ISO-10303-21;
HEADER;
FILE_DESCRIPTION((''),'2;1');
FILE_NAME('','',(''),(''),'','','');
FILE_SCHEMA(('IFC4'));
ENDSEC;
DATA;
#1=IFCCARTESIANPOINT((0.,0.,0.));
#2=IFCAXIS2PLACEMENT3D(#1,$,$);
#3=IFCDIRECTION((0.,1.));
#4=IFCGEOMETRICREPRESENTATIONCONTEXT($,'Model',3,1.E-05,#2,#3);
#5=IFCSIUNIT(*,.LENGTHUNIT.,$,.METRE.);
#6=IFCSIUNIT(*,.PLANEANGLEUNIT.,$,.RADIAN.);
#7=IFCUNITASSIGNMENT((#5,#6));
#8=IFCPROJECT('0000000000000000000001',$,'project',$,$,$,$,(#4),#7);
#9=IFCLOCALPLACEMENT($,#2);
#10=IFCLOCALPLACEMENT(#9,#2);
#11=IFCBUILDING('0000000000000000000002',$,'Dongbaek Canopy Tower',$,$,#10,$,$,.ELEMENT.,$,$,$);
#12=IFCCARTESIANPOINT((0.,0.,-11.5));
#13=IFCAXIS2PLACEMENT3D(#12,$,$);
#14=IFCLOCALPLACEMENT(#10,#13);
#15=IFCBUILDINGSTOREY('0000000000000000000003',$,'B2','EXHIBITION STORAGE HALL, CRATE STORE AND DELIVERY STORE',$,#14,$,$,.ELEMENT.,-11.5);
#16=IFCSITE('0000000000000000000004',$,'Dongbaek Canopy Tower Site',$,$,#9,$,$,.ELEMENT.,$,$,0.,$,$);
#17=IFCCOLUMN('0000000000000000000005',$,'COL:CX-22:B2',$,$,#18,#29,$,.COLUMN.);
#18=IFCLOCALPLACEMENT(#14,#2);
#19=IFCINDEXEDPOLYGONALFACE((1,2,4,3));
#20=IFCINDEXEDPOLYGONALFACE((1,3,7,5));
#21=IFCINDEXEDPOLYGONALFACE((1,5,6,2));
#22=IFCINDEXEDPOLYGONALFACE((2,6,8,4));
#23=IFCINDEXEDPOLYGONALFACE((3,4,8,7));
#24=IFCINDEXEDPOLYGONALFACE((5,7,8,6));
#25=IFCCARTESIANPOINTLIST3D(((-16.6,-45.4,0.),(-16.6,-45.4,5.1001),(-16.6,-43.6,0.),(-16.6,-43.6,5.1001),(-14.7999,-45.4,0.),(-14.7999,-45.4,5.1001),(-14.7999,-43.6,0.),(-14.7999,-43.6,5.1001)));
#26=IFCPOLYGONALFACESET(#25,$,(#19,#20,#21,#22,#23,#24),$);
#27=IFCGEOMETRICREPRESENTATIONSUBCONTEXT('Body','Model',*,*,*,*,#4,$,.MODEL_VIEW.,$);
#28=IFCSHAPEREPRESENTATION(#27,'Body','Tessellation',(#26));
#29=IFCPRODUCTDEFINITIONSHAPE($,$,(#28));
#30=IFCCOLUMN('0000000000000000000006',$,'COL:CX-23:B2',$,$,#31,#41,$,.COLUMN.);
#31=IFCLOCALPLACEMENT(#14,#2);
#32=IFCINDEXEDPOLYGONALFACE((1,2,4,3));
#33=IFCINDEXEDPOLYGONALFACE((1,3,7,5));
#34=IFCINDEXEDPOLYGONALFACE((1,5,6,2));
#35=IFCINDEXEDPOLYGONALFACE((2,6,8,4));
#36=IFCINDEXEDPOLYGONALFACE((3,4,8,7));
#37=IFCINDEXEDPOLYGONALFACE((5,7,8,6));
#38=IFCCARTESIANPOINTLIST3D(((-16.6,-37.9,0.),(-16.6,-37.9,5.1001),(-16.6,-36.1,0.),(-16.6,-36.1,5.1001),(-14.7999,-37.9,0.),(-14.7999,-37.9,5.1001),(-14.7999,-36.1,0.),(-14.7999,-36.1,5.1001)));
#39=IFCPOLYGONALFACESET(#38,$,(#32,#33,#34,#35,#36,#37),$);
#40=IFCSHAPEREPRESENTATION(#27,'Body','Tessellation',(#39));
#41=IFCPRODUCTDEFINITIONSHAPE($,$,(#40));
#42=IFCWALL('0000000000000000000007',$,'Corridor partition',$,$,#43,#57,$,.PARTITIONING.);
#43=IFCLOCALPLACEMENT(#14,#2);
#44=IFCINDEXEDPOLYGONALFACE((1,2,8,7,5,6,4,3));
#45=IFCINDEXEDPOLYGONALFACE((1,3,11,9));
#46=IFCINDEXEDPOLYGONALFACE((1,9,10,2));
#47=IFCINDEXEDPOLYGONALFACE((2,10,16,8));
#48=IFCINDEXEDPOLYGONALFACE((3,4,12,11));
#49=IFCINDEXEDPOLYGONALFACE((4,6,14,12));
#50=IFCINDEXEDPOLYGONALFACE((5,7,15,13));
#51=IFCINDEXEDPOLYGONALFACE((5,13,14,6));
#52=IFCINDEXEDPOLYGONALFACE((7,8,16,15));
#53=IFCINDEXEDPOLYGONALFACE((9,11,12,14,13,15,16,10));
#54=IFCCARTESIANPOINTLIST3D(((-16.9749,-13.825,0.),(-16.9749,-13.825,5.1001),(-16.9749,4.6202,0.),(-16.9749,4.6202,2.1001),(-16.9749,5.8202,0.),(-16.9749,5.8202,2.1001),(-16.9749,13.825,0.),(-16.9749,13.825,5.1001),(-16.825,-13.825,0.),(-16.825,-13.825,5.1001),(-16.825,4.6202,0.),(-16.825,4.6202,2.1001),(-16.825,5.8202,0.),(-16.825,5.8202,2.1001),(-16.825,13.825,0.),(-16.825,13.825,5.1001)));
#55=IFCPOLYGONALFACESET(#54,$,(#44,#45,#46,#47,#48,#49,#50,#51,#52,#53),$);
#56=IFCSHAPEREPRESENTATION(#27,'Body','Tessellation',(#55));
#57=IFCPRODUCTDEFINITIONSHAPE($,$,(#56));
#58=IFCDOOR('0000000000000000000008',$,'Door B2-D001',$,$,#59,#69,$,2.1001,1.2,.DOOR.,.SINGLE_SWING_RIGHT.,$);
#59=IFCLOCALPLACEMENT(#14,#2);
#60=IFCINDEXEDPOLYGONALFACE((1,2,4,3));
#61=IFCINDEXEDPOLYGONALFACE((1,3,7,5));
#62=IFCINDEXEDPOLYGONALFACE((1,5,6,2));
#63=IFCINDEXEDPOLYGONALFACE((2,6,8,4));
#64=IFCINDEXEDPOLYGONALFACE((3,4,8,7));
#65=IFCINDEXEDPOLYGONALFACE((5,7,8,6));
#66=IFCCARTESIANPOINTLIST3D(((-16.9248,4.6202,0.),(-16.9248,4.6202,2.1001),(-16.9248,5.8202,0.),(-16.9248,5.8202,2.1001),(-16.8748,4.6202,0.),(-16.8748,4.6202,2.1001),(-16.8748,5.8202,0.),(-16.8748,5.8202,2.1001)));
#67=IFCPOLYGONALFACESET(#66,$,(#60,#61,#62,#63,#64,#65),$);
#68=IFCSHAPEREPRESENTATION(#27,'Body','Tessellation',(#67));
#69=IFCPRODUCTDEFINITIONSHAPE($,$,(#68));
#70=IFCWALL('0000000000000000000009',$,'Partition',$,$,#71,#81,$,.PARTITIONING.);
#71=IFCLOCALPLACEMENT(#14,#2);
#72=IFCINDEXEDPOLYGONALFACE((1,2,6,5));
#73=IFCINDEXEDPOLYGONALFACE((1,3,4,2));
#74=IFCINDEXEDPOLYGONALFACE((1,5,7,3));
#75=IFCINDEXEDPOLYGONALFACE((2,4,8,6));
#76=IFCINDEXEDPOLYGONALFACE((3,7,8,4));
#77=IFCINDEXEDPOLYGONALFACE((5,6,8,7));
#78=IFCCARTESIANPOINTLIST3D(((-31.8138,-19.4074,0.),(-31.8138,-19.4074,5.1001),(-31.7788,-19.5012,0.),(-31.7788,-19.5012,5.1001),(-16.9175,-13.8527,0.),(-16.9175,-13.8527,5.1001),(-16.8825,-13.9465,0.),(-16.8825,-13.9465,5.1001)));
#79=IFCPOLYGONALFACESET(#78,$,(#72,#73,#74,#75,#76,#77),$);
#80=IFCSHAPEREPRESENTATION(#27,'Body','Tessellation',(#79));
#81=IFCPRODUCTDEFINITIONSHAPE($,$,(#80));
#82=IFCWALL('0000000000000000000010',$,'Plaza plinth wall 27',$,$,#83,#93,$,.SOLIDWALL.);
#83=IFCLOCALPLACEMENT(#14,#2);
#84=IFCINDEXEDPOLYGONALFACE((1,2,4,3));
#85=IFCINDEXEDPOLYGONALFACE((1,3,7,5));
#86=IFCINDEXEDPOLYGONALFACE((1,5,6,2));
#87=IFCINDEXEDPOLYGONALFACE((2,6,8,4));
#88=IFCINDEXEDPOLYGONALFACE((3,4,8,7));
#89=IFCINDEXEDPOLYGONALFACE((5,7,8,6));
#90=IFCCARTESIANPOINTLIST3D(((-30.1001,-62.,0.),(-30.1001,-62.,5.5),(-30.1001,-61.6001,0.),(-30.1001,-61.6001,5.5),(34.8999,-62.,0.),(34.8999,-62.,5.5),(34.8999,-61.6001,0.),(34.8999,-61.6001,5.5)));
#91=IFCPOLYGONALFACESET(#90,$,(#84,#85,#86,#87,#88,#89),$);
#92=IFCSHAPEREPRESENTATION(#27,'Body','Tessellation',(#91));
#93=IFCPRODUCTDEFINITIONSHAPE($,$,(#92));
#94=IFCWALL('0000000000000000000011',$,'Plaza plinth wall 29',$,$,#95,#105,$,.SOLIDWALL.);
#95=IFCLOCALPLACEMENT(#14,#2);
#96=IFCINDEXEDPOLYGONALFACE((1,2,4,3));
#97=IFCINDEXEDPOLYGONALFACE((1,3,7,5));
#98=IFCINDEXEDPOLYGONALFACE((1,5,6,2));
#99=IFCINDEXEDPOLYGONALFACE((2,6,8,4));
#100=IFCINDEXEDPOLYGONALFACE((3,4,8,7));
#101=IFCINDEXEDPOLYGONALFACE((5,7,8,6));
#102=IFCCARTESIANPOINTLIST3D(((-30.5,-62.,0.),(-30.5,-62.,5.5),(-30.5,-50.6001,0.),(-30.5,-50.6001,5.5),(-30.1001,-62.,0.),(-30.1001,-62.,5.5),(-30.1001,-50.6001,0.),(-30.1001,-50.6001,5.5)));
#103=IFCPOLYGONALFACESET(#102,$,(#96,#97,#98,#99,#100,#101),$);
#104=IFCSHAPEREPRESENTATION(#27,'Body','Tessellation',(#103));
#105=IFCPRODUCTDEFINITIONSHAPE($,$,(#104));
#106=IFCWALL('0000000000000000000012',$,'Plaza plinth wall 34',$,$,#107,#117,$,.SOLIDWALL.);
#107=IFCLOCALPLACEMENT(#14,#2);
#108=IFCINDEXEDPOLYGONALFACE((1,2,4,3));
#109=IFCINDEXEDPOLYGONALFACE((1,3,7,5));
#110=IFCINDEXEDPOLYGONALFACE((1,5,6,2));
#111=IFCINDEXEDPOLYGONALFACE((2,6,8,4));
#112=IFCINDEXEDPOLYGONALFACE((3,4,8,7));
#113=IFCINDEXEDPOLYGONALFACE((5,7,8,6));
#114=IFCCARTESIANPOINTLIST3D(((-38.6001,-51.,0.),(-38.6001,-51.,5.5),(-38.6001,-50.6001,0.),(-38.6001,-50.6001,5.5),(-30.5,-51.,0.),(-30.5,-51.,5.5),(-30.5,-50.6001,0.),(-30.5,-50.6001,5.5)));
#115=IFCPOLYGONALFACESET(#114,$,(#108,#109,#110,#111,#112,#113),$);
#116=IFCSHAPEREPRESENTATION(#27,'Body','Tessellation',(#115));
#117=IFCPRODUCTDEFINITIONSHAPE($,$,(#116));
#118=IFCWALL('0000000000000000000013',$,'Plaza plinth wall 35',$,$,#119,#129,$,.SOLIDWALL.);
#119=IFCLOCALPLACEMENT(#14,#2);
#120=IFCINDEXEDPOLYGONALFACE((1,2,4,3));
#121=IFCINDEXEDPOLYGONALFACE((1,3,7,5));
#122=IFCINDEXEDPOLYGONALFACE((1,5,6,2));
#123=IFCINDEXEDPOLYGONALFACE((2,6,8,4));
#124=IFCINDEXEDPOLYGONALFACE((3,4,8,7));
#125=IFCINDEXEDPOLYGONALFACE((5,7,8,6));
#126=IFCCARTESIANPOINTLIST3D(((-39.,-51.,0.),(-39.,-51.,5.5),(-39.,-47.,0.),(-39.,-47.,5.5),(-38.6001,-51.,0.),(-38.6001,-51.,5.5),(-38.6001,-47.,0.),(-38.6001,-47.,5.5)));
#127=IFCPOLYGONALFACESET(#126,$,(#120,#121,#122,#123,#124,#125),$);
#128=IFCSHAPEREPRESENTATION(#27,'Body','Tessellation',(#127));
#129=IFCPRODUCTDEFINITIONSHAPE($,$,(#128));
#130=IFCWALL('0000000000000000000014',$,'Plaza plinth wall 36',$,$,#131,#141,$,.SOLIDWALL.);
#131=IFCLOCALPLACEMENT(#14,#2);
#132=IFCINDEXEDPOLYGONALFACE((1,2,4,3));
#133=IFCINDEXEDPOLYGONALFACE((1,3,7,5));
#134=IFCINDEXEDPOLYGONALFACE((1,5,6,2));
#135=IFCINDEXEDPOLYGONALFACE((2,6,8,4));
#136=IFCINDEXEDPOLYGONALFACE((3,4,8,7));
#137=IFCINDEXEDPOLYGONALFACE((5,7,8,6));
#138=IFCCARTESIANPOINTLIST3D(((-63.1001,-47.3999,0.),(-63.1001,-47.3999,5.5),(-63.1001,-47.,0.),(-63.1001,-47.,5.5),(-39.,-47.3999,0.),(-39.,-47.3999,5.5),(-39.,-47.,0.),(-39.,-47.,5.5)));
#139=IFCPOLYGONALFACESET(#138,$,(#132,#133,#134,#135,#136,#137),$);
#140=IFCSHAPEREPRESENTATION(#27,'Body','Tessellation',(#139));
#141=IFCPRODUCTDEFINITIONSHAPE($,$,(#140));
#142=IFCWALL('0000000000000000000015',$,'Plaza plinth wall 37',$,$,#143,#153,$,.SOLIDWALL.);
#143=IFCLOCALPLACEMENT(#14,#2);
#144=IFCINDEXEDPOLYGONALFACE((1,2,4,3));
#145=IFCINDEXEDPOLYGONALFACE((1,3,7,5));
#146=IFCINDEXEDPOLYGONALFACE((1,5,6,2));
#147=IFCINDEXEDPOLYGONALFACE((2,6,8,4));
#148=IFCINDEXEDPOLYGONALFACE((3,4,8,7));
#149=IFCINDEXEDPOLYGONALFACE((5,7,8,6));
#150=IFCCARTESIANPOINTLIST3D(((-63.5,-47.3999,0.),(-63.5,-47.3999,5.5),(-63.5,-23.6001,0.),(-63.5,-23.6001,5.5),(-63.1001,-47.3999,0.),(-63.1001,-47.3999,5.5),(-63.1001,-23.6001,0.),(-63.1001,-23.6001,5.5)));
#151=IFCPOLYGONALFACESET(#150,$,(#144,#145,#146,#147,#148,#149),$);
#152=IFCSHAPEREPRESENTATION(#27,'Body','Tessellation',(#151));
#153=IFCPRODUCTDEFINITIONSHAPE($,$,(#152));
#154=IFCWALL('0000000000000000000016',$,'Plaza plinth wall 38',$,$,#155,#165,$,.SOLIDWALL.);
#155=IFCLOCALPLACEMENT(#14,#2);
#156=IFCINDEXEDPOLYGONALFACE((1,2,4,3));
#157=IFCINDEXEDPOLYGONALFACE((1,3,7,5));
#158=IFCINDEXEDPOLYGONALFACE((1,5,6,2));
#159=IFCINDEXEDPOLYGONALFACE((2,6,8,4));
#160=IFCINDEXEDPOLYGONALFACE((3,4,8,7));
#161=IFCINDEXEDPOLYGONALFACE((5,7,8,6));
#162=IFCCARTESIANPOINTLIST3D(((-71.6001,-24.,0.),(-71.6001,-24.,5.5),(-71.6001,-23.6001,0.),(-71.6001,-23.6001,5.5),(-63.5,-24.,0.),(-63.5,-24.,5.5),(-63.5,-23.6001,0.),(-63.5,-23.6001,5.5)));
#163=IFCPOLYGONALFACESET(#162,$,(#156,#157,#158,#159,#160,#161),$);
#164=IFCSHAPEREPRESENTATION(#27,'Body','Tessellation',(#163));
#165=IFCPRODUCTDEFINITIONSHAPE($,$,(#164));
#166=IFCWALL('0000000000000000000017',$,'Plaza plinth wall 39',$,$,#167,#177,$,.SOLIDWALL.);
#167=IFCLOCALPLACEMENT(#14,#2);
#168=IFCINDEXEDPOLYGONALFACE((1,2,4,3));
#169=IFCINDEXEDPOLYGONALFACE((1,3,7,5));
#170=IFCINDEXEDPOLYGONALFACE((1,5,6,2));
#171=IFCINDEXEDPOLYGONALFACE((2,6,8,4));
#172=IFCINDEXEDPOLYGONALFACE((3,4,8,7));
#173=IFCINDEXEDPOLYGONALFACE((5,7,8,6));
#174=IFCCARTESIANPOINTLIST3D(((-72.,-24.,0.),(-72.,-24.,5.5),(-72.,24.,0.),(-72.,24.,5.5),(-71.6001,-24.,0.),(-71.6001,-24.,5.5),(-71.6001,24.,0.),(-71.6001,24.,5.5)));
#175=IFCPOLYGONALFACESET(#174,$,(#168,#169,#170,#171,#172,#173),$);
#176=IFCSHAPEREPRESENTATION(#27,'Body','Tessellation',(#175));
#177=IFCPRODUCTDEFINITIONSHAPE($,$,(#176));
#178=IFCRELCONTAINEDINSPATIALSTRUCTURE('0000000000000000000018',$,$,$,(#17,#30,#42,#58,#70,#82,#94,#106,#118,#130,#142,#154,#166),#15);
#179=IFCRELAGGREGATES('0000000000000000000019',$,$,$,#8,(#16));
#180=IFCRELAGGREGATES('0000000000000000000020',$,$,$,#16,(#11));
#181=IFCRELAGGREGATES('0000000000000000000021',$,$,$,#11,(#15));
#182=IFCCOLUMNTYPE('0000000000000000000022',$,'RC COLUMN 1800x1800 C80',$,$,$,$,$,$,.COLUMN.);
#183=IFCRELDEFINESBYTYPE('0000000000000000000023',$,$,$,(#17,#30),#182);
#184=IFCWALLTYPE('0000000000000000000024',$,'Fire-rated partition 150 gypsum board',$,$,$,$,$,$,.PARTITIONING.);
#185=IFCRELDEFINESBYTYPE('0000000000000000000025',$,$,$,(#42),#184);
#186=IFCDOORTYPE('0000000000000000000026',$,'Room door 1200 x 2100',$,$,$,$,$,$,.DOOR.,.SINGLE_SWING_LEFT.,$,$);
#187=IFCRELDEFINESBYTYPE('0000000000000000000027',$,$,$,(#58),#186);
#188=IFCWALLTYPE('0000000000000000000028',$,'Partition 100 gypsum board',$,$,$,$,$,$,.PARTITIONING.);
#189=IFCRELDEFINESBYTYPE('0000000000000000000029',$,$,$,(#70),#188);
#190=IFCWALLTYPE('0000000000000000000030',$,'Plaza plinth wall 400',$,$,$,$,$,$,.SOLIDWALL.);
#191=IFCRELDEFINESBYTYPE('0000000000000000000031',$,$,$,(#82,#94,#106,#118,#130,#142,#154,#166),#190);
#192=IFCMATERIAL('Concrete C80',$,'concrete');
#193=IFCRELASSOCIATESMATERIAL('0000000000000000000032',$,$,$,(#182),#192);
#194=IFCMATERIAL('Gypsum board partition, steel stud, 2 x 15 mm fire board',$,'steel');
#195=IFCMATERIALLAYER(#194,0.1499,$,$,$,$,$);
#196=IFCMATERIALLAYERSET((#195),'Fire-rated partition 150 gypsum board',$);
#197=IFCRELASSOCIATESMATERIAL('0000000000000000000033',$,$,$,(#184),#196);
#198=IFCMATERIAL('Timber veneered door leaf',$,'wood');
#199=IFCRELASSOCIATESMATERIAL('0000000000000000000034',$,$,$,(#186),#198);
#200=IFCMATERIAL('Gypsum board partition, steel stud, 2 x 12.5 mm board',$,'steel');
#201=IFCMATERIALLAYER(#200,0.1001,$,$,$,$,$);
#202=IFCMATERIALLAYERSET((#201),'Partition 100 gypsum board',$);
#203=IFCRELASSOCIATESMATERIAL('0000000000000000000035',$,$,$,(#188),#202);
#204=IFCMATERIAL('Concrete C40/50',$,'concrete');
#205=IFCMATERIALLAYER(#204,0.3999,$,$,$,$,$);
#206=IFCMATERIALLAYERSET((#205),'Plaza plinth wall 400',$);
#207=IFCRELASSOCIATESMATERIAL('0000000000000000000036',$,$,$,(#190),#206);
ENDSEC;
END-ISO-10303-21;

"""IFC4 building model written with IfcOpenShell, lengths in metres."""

from ifc_helpers import new_model, si_unit, direction, frame, frame_2d, origin, origin_2d, place, context, subcontext, project, spatial, rectangle, extrude, material, layer, layer_set, material_profile, profile_set, type_object, element, fill, save


model = new_model("IFC4")

# Units and contexts
model_context = context("Model", 3, precision=1e-05, world=origin(), true_north=direction((0.0, 1.0)))
body_context = subcontext(model_context, "Body", "Model", "MODEL_VIEW")
ifc_project = project(units=[si_unit("LENGTHUNIT", "METRE"), si_unit("PLANEANGLEUNIT", "RADIAN")], contexts=[model_context])

# Site, building, storey
site_placement = place(None, origin())
site = spatial("IfcSite", under=ifc_project, at=site_placement, Name="Dongbaek Canopy Tower Site", CompositionType="ELEMENT", RefElevation=0.0)
building_placement = place(site_placement, origin())
building = spatial("IfcBuilding", under=site, at=building_placement, Name="Dongbaek Canopy Tower", CompositionType="ELEMENT")
storey_placement = place(building_placement, frame((0.0, 0.0, -11.5)))
storey = spatial("IfcBuildingStorey", under=building, at=storey_placement, Name="B2", Description="EXHIBITION STORAGE HALL, CRATE STORE AND DELIVERY STORE", CompositionType="ELEMENT", Elevation=-11.5)

# Columns
ifc_material_1 = material(Name="Concrete C80", Category="concrete")
ifc_material_profile = material_profile(ifc_material_1, rectangle(XDim=1.8, YDim=1.8, at=origin_2d()), Name="RC COLUMN 1800x1800 C80")
ifc_profile_set = profile_set([ifc_material_profile], Name="Concrete C80")
column_type = type_object("IfcColumnType", Name="RC COLUMN 1800x1800 C80", PredefinedType="COLUMN", material=ifc_profile_set)
for number, where, z_axis, x_axis, name in (
    (1, (-15.7, -44.5, 0.0), (0.0, 0.0, 1.0), (1.0, 0.0, 0.0), "COL:CX-22:B2"),
    (2, (-15.7, -37.0, 0.0), (0.0, 0.0, 1.0), (1.0, 0.0, 0.0), "COL:CX-23:B2"),
):
    element("IfcColumn", number, at=place(storey_placement, frame(where, z_axis=z_axis, x_axis=x_axis)), inside=storey, type_object=column_type, Name=name, PredefinedType="COLUMN", context=body_context, shape_type="SweptSolid", body=[
        extrude(rectangle(XDim=1.8, YDim=1.8, at=origin_2d()), origin(), (0.0, 0.0, 1.0), 5.1001),
    ])

# Wall, opening, door
ifc_material_2 = material(Name="Gypsum board partition, steel stud, 2 x 15 mm fire board", Category="steel")
ifc_layer_1 = layer(ifc_material_2, 0.1499)
ifc_layer_set_1 = layer_set([ifc_layer_1], Name="Fire-rated partition 150 gypsum board")
wall_type_1 = type_object("IfcWallType", Name="Fire-rated partition 150 gypsum board", PredefinedType="PARTITIONING", material=ifc_layer_set_1)
wall_1_placement = place(storey_placement, frame((-16.8999, -13.825, 0.0), z_axis=(0.0, 0.0, 1.0), x_axis=(0.0, 1.0, 0.0)))
wall_1 = element("IfcWall", 3, at=wall_1_placement, inside=storey, type_object=wall_type_1, Name="Corridor partition", PredefinedType="PARTITIONING", context=body_context, shape_type="SweptSolid", body=[
    extrude(rectangle(XDim=27.6499, YDim=0.1499, at=frame_2d((13.825, 0.0))), origin(), (0.0, 0.0, 1.0), 5.1001),
])
opening_placement = place(wall_1_placement, frame((18.4451, 0.0, 0.0)))
opening = element("IfcOpeningElement", 4, at=opening_placement, cuts=wall_1, PredefinedType="OPENING", context=body_context, shape_type="SweptSolid", body=[
    extrude(rectangle(XDim=1.2, YDim=2.1001, at=frame_2d((0.6001, 1.05))), frame((0.0, 0.085, 0.0), z_axis=(0.0, -1.0, 0.0), x_axis=(1.0, 0.0, 0.0)), (0.0, 0.0, 1.0), 0.1699),
])
ifc_material_3 = material(Name="Timber veneered door leaf", Category="wood")
door_type = type_object("IfcDoorType", Name="Room door 1200 x 2100", OperationType="SINGLE_SWING_LEFT", PredefinedType="DOOR", material=ifc_material_3)
door_placement = place(opening_placement, origin())
door = element("IfcDoor", 5, at=door_placement, inside=storey, type_object=door_type, Name="Door B2-D001", OperationType="SINGLE_SWING_RIGHT", OverallHeight=2.1001, OverallWidth=1.2, PredefinedType="DOOR", context=body_context, shape_type="SweptSolid", body=[
    extrude(rectangle(XDim=1.2, YDim=2.1001, at=frame_2d((0.6001, 1.05))), frame((0.0, 0.0249, 0.0), z_axis=(0.0, -1.0, 0.0), x_axis=(1.0, 0.0, 0.0)), (0.0, 0.0, 1.0), 0.05),
])
fill(opening, door)

# Walls
ifc_material_4 = material(Name="Gypsum board partition, steel stud, 2 x 12.5 mm board", Category="steel")
ifc_layer_2 = layer(ifc_material_4, 0.1001)
ifc_layer_set_2 = layer_set([ifc_layer_2], Name="Partition 100 gypsum board")
wall_type_2 = type_object("IfcWallType", Name="Partition 100 gypsum board", PredefinedType="PARTITIONING", material=ifc_layer_set_2)
wall_2_placement = place(storey_placement, frame((-31.7964, -19.4543, 0.0), z_axis=(0.0, 0.0, 1.0), x_axis=(0.936977, 0.349391, 0.0)))
element("IfcWall", 6, at=wall_2_placement, inside=storey, type_object=wall_type_2, Name="Partition", PredefinedType="PARTITIONING", context=body_context, shape_type="SweptSolid", body=[
    extrude(rectangle(XDim=15.8982, YDim=0.1001, at=frame_2d((7.9492, 0.0))), origin(), (0.0, 0.0, 1.0), 5.1001),
])
ifc_material_5 = material(Name="Concrete C40/50", Category="concrete")
ifc_layer_3 = layer(ifc_material_5, 0.3999)
ifc_layer_set_3 = layer_set([ifc_layer_3], Name="Plaza plinth wall 400")
wall_type_3 = type_object("IfcWallType", Name="Plaza plinth wall 400", PredefinedType="SOLIDWALL", material=ifc_layer_set_3)
wall_3_placement = place(storey_placement, frame((-30.1001, -61.8, 0.0), z_axis=(0.0, 0.0, 1.0), x_axis=(1.0, 0.0, 0.0)))
element("IfcWall", 7, at=wall_3_placement, inside=storey, type_object=wall_type_3, Name="Plaza plinth wall 27", PredefinedType="SOLIDWALL", context=body_context, shape_type="SweptSolid", body=[
    extrude(rectangle(XDim=65.0, YDim=0.3999, at=frame_2d((32.5, 0.0))), origin(), (0.0, 0.0, 1.0), 5.5),
])
wall_4_placement = place(storey_placement, frame((-30.3, -62.0, 0.0), z_axis=(0.0, 0.0, 1.0), x_axis=(0.0, 1.0, 0.0)))
element("IfcWall", 8, at=wall_4_placement, inside=storey, type_object=wall_type_3, Name="Plaza plinth wall 29", PredefinedType="SOLIDWALL", context=body_context, shape_type="SweptSolid", body=[
    extrude(rectangle(XDim=11.3999, YDim=0.3999, at=frame_2d((5.7, 0.0))), origin(), (0.0, 0.0, 1.0), 5.5),
])
wall_5_placement = place(storey_placement, frame((-38.6001, -50.8, 0.0), z_axis=(0.0, 0.0, 1.0), x_axis=(1.0, 0.0, 0.0)))
element("IfcWall", 9, at=wall_5_placement, inside=storey, type_object=wall_type_3, Name="Plaza plinth wall 34", PredefinedType="SOLIDWALL", context=body_context, shape_type="SweptSolid", body=[
    extrude(rectangle(XDim=8.1001, YDim=0.3999, at=frame_2d((4.05, 0.0))), origin(), (0.0, 0.0, 1.0), 5.5),
])
wall_6_placement = place(storey_placement, frame((-38.8, -51.0, 0.0), z_axis=(0.0, 0.0, 1.0), x_axis=(0.0, 1.0, 0.0)))
element("IfcWall", 10, at=wall_6_placement, inside=storey, type_object=wall_type_3, Name="Plaza plinth wall 35", PredefinedType="SOLIDWALL", context=body_context, shape_type="SweptSolid", body=[
    extrude(rectangle(XDim=4.0, YDim=0.3999, at=frame_2d((2.0, 0.0))), origin(), (0.0, 0.0, 1.0), 5.5),
])
wall_7_placement = place(storey_placement, frame((-63.1001, -47.2, 0.0), z_axis=(0.0, 0.0, 1.0), x_axis=(1.0, 0.0, 0.0)))
element("IfcWall", 11, at=wall_7_placement, inside=storey, type_object=wall_type_3, Name="Plaza plinth wall 36", PredefinedType="SOLIDWALL", context=body_context, shape_type="SweptSolid", body=[
    extrude(rectangle(XDim=24.1001, YDim=0.3999, at=frame_2d((12.05, 0.0))), origin(), (0.0, 0.0, 1.0), 5.5),
])
wall_8_placement = place(storey_placement, frame((-63.3, -47.3999, 0.0), z_axis=(0.0, 0.0, 1.0), x_axis=(0.0, 1.0, 0.0)))
element("IfcWall", 12, at=wall_8_placement, inside=storey, type_object=wall_type_3, Name="Plaza plinth wall 37", PredefinedType="SOLIDWALL", context=body_context, shape_type="SweptSolid", body=[
    extrude(rectangle(XDim=23.7998, YDim=0.3999, at=frame_2d((11.8999, 0.0))), origin(), (0.0, 0.0, 1.0), 5.5),
])
wall_9_placement = place(storey_placement, frame((-71.6001, -23.8, 0.0), z_axis=(0.0, 0.0, 1.0), x_axis=(1.0, 0.0, 0.0)))
element("IfcWall", 13, at=wall_9_placement, inside=storey, type_object=wall_type_3, Name="Plaza plinth wall 38", PredefinedType="SOLIDWALL", context=body_context, shape_type="SweptSolid", body=[
    extrude(rectangle(XDim=8.1001, YDim=0.3999, at=frame_2d((4.05, 0.0))), origin(), (0.0, 0.0, 1.0), 5.5),
])
wall_10_placement = place(storey_placement, frame((-71.8, -24.0, 0.0), z_axis=(0.0, 0.0, 1.0), x_axis=(0.0, 1.0, 0.0)))
element("IfcWall", 14, at=wall_10_placement, inside=storey, type_object=wall_type_3, Name="Plaza plinth wall 39", PredefinedType="SOLIDWALL", context=body_context, shape_type="SweptSolid", body=[
    extrude(rectangle(XDim=48.0, YDim=0.3999, at=frame_2d((24.0, 0.0))), origin(), (0.0, 0.0, 1.0), 5.5),
])

save(model, "model.ifc")
